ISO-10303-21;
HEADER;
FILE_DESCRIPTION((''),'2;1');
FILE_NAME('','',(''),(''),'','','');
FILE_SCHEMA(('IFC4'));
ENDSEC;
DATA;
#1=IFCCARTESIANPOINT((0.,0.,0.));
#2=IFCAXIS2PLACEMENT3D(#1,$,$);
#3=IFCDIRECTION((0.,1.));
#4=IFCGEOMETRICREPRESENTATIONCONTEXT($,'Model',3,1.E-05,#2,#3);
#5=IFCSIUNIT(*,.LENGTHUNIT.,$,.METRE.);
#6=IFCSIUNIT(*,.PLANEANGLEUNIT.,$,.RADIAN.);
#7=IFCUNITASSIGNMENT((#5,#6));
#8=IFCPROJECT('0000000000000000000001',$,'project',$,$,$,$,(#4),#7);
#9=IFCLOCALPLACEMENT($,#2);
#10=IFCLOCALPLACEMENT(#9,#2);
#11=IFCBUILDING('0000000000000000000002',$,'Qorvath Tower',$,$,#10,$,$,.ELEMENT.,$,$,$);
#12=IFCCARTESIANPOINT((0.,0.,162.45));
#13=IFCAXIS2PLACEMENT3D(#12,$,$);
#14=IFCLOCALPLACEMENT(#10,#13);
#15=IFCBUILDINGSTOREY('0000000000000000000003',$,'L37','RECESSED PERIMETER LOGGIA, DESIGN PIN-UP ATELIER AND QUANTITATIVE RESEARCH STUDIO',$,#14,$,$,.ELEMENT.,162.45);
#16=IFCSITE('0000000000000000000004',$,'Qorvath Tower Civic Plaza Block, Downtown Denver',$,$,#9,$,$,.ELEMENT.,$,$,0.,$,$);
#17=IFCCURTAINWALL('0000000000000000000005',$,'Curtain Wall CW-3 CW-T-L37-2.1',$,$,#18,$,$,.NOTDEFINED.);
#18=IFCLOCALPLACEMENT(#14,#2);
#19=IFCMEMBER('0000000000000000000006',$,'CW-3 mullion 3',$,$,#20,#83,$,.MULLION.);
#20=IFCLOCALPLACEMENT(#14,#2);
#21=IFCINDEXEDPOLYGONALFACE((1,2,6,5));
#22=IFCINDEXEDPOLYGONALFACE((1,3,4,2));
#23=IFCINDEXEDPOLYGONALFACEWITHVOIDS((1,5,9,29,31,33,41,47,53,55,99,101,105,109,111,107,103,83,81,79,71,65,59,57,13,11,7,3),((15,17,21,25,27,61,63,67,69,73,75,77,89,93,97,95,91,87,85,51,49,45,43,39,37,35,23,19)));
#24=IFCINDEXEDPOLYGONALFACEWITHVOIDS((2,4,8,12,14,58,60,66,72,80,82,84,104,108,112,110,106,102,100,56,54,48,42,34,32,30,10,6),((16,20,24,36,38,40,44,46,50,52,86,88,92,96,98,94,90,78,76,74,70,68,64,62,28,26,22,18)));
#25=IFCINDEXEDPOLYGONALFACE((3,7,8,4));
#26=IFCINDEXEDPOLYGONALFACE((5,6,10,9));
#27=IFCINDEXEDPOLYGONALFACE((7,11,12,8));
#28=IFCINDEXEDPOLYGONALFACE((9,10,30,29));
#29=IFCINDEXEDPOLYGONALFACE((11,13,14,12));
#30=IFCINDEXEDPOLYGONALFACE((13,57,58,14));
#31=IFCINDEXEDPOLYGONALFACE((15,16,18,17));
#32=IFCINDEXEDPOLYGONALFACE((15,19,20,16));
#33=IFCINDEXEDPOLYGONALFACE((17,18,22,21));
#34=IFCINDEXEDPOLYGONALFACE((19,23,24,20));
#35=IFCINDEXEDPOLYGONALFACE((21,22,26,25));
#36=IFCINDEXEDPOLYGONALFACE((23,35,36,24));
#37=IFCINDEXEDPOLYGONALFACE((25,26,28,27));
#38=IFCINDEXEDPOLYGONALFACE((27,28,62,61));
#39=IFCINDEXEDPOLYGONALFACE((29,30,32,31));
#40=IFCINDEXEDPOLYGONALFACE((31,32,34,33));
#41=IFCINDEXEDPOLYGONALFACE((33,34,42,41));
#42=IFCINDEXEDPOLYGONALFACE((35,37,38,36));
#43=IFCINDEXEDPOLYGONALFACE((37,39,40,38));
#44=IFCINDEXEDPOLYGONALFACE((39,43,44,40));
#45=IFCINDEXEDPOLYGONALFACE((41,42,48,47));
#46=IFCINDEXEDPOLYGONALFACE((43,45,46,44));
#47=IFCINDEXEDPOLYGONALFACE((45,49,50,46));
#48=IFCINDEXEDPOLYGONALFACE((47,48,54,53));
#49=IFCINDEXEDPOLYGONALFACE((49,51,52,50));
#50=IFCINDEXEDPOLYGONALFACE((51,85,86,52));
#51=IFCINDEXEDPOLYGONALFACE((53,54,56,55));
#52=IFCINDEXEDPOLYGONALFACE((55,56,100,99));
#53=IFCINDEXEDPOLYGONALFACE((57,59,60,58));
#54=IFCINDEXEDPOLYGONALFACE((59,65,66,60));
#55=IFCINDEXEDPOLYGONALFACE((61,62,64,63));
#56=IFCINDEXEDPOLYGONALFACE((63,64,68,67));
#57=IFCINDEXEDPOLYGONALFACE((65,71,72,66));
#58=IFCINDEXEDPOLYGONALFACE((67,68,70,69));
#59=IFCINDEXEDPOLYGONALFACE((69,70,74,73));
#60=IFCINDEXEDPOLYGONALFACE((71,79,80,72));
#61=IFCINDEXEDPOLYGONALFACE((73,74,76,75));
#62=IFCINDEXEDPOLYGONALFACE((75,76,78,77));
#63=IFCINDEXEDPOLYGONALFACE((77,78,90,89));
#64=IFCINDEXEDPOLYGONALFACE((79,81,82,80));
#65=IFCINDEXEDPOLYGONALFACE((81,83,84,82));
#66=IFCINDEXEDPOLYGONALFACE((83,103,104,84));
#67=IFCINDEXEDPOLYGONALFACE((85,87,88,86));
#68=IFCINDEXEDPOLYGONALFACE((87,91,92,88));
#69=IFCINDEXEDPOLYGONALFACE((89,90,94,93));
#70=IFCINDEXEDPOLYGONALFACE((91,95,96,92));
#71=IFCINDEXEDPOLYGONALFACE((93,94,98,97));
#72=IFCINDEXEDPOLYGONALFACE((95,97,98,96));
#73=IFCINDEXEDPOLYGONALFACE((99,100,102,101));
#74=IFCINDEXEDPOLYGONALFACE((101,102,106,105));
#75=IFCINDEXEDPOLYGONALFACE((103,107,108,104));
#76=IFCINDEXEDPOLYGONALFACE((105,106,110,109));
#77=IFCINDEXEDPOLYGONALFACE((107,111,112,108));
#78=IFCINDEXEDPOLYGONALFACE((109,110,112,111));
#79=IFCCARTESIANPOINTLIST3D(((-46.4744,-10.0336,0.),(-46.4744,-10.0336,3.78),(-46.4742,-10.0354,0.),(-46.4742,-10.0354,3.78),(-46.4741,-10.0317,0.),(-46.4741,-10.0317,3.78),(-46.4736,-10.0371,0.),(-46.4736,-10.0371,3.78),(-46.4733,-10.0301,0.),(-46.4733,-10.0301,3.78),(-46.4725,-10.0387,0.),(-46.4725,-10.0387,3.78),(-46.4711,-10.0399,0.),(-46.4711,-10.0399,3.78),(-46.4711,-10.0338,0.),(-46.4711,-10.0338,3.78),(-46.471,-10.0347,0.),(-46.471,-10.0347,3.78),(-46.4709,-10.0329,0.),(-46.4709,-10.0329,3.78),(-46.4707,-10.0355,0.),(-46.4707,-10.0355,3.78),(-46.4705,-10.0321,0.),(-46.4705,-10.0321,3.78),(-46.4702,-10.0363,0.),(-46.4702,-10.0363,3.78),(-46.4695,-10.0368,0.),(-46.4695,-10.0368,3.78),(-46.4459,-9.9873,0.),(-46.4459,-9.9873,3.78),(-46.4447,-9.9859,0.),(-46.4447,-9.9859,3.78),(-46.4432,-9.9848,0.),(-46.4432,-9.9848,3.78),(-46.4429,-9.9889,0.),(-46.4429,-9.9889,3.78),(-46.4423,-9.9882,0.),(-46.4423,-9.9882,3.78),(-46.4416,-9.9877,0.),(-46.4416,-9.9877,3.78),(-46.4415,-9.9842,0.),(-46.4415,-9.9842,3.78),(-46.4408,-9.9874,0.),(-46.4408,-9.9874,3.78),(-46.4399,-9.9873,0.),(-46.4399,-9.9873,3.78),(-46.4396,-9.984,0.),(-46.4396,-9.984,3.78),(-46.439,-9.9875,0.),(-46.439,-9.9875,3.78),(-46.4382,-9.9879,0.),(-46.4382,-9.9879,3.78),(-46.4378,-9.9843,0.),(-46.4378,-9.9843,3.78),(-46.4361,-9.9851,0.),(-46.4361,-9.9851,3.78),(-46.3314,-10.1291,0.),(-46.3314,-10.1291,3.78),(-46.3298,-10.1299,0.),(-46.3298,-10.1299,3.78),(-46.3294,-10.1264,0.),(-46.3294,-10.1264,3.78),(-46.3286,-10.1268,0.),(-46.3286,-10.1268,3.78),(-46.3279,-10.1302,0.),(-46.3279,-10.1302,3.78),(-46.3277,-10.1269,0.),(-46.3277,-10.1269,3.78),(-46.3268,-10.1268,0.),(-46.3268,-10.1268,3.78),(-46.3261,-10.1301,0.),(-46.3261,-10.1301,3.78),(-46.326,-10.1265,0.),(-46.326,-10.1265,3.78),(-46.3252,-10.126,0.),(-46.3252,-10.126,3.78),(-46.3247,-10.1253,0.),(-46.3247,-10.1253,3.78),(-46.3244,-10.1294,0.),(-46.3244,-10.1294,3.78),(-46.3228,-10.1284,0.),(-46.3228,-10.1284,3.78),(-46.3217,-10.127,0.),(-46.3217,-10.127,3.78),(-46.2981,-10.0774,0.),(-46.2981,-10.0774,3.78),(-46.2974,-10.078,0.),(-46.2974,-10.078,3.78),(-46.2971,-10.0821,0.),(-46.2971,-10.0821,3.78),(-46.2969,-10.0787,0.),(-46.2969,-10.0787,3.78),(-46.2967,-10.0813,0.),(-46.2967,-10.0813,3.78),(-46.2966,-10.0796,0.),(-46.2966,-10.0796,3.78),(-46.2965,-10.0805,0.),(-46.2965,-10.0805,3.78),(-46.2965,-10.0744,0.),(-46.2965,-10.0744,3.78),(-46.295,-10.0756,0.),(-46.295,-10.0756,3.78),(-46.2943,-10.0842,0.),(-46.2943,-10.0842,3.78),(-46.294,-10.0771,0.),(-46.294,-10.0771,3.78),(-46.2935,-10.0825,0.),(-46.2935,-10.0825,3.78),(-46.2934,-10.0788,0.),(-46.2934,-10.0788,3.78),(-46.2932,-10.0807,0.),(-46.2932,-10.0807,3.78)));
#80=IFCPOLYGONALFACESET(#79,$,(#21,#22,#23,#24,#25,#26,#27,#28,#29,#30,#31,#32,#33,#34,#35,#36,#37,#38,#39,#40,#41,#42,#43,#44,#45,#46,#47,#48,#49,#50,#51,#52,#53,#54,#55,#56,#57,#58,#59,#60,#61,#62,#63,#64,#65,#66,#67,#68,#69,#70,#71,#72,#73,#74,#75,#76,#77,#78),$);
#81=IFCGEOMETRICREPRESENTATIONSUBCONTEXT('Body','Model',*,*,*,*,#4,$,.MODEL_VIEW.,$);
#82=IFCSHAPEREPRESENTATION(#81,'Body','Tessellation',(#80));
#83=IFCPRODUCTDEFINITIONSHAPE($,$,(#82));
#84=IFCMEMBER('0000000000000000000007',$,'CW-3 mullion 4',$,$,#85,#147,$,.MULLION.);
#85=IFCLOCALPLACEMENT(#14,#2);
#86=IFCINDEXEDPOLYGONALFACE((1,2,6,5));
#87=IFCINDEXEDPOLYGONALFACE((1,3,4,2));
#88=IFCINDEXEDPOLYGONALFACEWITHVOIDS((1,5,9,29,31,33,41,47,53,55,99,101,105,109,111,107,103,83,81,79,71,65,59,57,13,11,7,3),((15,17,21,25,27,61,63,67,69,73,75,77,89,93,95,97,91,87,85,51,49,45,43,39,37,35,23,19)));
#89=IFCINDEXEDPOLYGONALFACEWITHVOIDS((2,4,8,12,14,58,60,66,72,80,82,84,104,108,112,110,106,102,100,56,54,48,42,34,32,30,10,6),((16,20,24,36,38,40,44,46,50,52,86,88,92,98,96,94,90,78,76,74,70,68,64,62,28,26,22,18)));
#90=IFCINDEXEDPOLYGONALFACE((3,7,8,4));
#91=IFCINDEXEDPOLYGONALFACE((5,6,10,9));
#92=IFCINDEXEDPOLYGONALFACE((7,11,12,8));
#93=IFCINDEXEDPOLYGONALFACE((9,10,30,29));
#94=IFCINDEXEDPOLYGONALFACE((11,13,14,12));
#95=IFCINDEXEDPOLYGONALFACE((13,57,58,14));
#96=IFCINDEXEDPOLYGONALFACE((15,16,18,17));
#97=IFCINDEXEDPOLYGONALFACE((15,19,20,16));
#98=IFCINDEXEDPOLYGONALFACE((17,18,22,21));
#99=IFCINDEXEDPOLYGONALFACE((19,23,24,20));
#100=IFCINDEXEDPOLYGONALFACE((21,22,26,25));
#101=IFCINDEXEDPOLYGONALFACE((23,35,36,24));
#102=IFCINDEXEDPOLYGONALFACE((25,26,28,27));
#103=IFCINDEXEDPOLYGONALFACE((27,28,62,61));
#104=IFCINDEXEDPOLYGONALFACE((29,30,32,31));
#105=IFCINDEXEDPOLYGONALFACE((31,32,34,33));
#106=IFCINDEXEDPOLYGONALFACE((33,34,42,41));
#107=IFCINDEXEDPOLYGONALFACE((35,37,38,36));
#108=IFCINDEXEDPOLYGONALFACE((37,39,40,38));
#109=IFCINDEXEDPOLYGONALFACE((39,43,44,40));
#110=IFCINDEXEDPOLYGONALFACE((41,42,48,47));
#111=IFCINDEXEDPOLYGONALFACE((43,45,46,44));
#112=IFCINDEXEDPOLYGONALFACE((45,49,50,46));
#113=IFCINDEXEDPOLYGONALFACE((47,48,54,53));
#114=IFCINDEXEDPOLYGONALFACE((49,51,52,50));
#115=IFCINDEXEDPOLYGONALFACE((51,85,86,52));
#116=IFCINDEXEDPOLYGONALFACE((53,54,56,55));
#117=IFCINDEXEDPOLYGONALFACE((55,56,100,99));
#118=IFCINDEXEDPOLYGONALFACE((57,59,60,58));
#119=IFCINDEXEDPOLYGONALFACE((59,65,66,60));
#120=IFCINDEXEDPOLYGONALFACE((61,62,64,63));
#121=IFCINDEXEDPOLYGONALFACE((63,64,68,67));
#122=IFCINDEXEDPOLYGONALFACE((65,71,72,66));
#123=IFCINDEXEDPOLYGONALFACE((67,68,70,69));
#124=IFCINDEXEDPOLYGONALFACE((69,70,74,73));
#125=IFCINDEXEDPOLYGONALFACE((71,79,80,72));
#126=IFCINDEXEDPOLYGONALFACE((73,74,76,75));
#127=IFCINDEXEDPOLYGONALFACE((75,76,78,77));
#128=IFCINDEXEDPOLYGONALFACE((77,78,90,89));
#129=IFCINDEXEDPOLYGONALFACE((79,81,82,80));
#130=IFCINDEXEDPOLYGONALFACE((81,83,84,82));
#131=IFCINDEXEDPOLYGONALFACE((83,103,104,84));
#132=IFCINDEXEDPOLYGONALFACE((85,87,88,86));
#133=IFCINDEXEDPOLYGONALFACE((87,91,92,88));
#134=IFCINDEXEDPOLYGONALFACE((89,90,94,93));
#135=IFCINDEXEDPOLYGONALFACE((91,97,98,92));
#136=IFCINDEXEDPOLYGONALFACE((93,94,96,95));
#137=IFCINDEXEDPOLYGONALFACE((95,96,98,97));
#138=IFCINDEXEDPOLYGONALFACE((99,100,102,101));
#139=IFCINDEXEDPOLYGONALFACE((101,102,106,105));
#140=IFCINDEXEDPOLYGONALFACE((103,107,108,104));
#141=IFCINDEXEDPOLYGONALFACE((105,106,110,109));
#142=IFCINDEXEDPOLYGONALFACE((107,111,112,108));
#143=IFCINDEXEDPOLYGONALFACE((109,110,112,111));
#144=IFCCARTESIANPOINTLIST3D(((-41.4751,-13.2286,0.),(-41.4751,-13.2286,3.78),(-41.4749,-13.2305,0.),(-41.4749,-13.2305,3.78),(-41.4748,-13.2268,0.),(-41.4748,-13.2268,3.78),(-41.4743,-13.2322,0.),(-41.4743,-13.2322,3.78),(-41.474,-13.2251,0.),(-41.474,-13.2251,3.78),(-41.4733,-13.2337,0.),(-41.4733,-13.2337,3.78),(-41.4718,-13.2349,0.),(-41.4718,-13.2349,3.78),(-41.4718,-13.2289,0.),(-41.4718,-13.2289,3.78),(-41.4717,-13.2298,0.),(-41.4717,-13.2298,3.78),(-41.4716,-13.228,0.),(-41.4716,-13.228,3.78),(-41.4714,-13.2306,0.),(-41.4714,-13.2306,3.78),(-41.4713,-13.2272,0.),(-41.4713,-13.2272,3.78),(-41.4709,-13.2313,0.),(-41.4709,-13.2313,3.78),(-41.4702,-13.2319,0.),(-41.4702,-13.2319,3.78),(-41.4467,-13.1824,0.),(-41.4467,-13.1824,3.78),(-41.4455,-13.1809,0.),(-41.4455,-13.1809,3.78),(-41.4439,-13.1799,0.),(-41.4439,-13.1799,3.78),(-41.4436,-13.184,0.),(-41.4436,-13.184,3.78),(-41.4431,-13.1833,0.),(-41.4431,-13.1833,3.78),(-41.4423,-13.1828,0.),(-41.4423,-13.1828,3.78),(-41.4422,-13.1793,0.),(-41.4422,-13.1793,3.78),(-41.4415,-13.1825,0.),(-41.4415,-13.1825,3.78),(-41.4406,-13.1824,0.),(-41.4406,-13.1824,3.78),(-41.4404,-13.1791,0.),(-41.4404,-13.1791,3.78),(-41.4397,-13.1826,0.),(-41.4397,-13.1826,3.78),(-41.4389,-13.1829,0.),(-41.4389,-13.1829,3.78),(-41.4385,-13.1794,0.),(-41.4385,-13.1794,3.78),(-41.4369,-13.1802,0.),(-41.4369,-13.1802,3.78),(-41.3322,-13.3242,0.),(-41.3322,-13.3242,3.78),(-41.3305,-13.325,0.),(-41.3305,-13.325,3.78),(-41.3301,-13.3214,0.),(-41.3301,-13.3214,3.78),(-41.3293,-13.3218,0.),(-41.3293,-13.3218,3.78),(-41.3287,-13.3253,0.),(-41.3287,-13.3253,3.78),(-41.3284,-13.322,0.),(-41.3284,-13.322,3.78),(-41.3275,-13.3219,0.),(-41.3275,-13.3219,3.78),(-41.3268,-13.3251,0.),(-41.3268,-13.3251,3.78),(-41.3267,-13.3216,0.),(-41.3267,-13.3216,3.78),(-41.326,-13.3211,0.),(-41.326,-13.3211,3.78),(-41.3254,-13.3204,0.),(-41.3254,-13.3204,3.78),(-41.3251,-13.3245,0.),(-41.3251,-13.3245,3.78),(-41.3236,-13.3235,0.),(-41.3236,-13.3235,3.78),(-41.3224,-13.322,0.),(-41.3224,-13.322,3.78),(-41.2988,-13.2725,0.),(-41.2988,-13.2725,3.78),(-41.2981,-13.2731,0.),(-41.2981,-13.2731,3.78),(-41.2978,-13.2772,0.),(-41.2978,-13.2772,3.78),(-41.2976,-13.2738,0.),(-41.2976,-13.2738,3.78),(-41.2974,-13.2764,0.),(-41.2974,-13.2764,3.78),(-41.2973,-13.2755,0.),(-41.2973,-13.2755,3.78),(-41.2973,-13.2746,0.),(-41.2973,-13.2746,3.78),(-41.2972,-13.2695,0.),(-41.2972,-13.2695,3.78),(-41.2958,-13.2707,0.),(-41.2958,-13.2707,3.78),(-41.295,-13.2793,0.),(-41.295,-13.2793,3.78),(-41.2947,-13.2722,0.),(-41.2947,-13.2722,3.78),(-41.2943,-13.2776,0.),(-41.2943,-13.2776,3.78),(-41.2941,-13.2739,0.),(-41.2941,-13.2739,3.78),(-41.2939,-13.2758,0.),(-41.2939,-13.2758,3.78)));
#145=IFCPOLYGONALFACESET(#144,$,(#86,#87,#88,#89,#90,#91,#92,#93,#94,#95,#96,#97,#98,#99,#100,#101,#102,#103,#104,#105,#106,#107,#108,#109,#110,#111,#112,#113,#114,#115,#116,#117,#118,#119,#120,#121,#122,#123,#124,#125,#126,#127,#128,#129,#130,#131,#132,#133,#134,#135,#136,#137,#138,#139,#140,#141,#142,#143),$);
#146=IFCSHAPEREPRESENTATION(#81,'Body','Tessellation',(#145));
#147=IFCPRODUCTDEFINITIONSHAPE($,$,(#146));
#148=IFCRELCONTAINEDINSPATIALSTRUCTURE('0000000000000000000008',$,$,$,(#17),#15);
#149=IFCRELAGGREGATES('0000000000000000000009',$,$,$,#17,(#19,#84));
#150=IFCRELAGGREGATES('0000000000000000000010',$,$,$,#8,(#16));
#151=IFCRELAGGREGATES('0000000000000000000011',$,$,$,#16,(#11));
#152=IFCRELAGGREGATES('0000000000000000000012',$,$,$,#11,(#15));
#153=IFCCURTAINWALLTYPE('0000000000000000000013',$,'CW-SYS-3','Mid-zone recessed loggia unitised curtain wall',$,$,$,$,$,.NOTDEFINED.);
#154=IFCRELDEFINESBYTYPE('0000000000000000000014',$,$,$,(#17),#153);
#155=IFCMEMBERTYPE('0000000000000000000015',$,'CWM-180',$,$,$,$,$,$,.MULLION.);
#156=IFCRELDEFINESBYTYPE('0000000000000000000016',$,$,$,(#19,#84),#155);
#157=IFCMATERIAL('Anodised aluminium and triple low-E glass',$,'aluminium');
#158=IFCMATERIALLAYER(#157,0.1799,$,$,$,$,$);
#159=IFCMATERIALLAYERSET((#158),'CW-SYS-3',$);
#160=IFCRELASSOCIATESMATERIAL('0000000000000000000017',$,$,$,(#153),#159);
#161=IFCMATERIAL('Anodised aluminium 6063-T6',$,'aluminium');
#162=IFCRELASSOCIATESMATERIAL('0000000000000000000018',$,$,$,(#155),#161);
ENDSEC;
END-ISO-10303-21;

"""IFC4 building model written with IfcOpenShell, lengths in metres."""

from ifc_helpers import new_model, si_unit, direction, frame, origin, origin_2d, place, context, subcontext, project, spatial, hollow_rectangle, extrude, material, layer, layer_set, material_profile, profile_set, type_object, element, aggregate, save


model = new_model("IFC4")

# Units and contexts
model_context = context("Model", 3, precision=1e-05, world=origin(), true_north=direction((0.0, 1.0)))
body_context = subcontext(model_context, "Body", "Model", "MODEL_VIEW")
ifc_project = project(units=[si_unit("LENGTHUNIT", "METRE"), si_unit("PLANEANGLEUNIT", "RADIAN")], contexts=[model_context])

# Site, building, storey
site_placement = place(None, origin())
site = spatial("IfcSite", under=ifc_project, at=site_placement, Name="Qorvath Tower Civic Plaza Block, Downtown Denver", CompositionType="ELEMENT", RefElevation=0.0)
building_placement = place(site_placement, origin())
building = spatial("IfcBuilding", under=site, at=building_placement, Name="Qorvath Tower", CompositionType="ELEMENT")
storey_placement = place(building_placement, frame((0.0, 0.0, 162.45)))
storey = spatial("IfcBuildingStorey", under=building, at=storey_placement, Name="L37", Description="RECESSED PERIMETER LOGGIA, DESIGN PIN-UP ATELIER AND QUANTITATIVE RESEARCH STUDIO", CompositionType="ELEMENT", Elevation=162.45)

# Curtain wall, members
ifc_material_1 = material(Name="Anodised aluminium and triple low-E glass", Category="aluminium")
ifc_layer_1 = layer(ifc_material_1, 0.1799)
ifc_layer_set_1 = layer_set([ifc_layer_1], Name="CW-SYS-3")
curtain_wall_type = type_object("IfcCurtainWallType", Name="CW-SYS-3", Description="Mid-zone recessed loggia unitised curtain wall", PredefinedType="NOTDEFINED", material=ifc_layer_set_1)
curtain_wall_placement = place(storey_placement, origin())
curtain_wall = element("IfcCurtainWall", 1, at=curtain_wall_placement, inside=storey, type_object=curtain_wall_type, Name="Curtain Wall CW-3 CW-T-L37-2.1", PredefinedType="NOTDEFINED")
ifc_material_2 = material(Name="Anodised aluminium 6063-T6", Category="aluminium")
ifc_material_profile_1 = material_profile(ifc_material_2, hollow_rectangle(XDim=0.0649, YDim=0.1799, WallThickness=0.0034, InnerFilletRadius=0.0034, OuterFilletRadius=0.0071, at=origin_2d()), Name="CWM 180x65")
ifc_profile_set_1 = profile_set([ifc_material_profile_1], Name="Anodised aluminium 6063-T6")
member_type_1 = type_object("IfcMemberType", Name="CWM-180", PredefinedType="MULLION", material=ifc_profile_set_1)
member_1_placement = place(storey_placement, frame((-46.3838, -10.0571, 0.0), z_axis=(0.0, 0.0, 1.0), x_axis=(0.538534, 0.842604, 0.0)))
member_1 = element("IfcMember", 2, at=member_1_placement, type_object=member_type_1, Name="CW-3 mullion 3", PredefinedType="MULLION", context=body_context, shape_type="SweptSolid", body=[
    extrude(hollow_rectangle(XDim=0.0649, YDim=0.1799, WallThickness=0.0034, InnerFilletRadius=0.0034, OuterFilletRadius=0.0071, at=origin_2d()), origin(), (0.0, 0.0, 1.0), 3.78),
])
member_2_placement = place(storey_placement, frame((-41.3845, -13.2522, 0.0), z_axis=(0.0, 0.0, 1.0), x_axis=(0.538534, 0.842604, 0.0)))
member_2 = element("IfcMember", 3, at=member_2_placement, type_object=member_type_1, Name="CW-3 mullion 4", PredefinedType="MULLION", context=body_context, shape_type="SweptSolid", body=[
    extrude(hollow_rectangle(XDim=0.0649, YDim=0.1799, WallThickness=0.0034, InnerFilletRadius=0.0034, OuterFilletRadius=0.0071, at=origin_2d()), origin(), (0.0, 0.0, 1.0), 3.78),
])
aggregate(curtain_wall, [member_1, member_2])

save(model, "model.ifc")
